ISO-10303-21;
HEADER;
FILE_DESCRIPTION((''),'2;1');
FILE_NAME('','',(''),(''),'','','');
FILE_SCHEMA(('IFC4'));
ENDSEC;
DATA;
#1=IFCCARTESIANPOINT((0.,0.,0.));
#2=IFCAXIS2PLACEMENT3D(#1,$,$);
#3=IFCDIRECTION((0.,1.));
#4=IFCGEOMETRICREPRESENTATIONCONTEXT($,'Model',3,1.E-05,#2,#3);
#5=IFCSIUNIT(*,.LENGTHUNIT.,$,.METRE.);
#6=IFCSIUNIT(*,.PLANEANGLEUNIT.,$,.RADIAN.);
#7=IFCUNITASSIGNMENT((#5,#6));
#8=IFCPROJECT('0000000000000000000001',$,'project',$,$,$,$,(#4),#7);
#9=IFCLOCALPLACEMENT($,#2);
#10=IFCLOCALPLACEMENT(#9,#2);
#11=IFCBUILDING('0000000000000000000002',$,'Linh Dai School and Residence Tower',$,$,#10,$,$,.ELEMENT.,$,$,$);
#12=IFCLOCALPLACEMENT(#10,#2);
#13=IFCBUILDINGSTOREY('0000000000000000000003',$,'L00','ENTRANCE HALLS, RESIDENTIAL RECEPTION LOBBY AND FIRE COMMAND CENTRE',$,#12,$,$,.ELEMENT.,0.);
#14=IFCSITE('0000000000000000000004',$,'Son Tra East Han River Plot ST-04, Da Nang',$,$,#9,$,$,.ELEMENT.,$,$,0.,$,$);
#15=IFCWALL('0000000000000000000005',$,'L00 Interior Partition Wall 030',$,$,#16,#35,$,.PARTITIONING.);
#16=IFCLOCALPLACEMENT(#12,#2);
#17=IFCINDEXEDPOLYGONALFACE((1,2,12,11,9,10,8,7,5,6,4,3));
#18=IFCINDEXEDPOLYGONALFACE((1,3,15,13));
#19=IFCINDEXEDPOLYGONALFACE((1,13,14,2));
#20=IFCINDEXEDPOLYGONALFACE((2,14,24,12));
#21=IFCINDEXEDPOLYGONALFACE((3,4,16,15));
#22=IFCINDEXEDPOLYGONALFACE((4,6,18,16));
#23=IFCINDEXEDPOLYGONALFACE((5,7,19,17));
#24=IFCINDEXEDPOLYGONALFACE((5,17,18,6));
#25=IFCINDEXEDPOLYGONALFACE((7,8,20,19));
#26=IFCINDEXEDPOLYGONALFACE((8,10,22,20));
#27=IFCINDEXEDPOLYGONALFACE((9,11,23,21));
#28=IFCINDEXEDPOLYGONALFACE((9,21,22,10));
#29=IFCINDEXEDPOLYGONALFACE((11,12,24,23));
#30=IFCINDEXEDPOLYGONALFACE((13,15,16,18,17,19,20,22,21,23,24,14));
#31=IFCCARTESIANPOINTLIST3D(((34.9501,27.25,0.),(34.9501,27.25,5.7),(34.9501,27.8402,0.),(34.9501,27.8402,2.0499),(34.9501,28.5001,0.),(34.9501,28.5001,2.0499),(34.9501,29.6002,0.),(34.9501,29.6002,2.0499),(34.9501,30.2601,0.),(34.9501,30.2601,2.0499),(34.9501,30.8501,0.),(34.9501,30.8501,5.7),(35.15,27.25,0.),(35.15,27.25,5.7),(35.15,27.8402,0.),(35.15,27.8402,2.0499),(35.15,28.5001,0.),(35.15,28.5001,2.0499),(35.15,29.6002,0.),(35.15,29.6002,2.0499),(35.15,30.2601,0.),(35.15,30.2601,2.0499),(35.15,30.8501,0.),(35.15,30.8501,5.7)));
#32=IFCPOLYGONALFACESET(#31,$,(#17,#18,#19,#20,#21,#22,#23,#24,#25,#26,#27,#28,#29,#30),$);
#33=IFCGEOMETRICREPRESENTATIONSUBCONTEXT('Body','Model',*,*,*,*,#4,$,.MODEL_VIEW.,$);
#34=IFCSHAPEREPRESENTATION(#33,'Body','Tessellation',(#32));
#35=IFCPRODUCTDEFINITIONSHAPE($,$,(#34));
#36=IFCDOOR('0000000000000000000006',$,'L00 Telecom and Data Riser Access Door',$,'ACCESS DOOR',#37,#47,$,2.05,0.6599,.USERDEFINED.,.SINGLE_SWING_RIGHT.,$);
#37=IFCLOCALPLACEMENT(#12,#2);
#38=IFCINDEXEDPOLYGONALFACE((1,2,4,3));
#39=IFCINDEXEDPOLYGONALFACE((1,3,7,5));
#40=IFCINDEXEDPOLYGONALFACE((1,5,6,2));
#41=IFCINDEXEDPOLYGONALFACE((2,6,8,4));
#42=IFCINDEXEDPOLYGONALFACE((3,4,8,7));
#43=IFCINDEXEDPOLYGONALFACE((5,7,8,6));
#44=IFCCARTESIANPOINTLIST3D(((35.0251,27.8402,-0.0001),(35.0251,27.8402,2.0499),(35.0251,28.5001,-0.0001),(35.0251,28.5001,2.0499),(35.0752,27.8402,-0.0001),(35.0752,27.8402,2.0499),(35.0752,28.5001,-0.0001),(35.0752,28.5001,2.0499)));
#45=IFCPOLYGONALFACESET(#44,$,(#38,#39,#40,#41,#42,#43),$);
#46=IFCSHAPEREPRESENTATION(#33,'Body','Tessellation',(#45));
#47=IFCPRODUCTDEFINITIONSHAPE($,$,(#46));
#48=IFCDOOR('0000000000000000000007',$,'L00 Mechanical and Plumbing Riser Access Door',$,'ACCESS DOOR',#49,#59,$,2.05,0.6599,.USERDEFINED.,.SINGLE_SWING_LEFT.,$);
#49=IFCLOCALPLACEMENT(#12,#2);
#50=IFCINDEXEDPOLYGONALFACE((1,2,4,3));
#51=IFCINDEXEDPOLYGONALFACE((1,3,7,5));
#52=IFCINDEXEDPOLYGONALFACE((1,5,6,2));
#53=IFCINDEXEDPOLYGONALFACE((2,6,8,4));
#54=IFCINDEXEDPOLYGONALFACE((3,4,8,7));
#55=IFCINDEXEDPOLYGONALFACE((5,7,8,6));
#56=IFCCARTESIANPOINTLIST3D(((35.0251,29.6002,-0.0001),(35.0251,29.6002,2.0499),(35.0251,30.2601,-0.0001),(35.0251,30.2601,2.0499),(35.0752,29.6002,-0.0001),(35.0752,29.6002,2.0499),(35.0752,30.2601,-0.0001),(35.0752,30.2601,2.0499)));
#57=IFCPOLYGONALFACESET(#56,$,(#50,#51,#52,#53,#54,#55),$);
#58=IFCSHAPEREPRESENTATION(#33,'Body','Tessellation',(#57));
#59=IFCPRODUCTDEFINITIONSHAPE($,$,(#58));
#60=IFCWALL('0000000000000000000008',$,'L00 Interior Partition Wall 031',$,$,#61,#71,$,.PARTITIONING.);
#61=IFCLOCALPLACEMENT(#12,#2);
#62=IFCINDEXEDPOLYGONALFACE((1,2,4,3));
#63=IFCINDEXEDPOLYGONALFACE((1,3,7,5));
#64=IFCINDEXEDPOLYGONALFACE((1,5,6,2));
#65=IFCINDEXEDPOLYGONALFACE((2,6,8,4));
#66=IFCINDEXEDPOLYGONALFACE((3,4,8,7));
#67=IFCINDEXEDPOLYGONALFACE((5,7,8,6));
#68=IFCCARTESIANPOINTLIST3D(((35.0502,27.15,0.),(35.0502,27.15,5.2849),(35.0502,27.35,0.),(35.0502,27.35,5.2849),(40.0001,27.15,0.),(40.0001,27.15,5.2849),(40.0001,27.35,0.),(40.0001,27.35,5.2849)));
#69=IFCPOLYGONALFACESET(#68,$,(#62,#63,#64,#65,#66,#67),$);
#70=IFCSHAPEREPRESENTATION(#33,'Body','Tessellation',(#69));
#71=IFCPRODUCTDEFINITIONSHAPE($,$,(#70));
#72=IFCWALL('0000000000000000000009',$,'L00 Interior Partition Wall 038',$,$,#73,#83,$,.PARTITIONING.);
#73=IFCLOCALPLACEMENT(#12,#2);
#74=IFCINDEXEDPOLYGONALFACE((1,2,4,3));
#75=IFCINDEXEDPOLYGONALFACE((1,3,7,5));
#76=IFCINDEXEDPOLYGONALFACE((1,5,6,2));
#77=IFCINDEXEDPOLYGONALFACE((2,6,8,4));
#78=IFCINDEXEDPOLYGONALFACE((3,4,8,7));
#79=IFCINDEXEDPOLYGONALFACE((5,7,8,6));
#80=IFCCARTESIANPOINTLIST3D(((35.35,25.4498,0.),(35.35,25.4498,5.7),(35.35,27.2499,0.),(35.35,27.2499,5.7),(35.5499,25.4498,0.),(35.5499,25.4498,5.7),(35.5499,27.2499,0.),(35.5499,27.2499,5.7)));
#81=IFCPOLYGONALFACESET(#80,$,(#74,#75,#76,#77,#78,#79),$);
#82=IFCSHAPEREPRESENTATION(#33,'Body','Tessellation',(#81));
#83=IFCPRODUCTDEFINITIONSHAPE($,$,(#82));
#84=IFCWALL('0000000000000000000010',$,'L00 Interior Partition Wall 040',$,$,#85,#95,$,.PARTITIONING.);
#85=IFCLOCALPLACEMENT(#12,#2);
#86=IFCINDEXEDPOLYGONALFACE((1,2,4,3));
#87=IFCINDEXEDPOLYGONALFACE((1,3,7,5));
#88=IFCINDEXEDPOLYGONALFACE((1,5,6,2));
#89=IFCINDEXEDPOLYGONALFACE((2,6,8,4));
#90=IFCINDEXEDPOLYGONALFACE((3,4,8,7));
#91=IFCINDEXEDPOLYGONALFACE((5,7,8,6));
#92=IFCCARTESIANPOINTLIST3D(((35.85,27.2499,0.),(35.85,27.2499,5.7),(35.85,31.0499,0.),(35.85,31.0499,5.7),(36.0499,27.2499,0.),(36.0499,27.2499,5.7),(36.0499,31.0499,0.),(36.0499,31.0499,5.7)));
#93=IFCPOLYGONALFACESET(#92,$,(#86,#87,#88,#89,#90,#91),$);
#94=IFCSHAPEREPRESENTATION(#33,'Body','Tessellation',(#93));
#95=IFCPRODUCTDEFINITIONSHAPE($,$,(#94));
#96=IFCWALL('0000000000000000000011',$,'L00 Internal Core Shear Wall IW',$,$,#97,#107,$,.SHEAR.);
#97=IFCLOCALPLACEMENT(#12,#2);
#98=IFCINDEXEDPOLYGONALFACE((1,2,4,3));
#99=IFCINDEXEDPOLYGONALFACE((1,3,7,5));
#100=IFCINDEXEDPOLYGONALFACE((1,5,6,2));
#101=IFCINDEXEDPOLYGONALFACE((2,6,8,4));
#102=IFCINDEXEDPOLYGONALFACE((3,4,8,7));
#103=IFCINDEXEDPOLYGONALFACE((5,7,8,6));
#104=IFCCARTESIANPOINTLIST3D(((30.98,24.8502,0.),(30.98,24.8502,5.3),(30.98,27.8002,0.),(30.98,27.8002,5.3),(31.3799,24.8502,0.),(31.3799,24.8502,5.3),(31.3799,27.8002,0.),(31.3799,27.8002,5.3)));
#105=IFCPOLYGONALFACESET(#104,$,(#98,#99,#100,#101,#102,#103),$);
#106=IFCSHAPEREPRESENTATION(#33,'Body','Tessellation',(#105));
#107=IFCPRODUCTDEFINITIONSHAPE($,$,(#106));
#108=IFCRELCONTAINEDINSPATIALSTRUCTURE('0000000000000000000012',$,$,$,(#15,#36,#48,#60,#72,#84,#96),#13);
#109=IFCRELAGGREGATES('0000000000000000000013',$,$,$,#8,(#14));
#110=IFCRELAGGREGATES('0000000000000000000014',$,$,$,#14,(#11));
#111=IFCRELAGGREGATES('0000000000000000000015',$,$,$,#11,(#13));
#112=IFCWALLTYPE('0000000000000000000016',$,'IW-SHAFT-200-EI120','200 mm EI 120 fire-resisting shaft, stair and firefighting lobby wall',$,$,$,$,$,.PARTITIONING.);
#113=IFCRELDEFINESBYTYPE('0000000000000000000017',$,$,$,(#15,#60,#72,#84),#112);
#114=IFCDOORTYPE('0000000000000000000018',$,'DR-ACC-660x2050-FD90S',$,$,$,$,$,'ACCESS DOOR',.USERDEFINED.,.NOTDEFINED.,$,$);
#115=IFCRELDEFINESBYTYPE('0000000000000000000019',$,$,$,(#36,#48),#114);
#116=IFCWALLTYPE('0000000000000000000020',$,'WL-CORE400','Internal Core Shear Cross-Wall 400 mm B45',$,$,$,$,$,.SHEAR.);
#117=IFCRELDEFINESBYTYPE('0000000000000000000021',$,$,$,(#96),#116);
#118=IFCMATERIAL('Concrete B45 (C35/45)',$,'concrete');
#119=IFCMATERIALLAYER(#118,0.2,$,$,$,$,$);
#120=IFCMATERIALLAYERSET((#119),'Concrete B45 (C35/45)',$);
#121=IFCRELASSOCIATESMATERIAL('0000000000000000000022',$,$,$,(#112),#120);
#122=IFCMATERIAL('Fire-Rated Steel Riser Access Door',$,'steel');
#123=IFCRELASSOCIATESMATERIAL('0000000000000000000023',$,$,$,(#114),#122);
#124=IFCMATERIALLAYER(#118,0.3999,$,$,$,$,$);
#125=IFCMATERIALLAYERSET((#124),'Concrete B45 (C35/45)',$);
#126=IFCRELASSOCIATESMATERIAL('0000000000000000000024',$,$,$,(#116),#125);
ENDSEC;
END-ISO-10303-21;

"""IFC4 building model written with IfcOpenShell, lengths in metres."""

from ifc_helpers import new_model, si_unit, direction, frame, frame_2d, origin, origin_2d, place, context, subcontext, project, spatial, rectangle, extrude, source, transform, mapped, material, layer, layer_set, type_object, element, fill, save


model = new_model("IFC4")

# Units and contexts
model_context = context("Model", 3, precision=1e-05, world=origin(), true_north=direction((0.0, 1.0)))
body_context = subcontext(model_context, "Body", "Model", "MODEL_VIEW")
ifc_project = project(units=[si_unit("LENGTHUNIT", "METRE"), si_unit("PLANEANGLEUNIT", "RADIAN")], contexts=[model_context])

# Site, building, storey
site_placement = place(None, origin())
site = spatial("IfcSite", under=ifc_project, at=site_placement, Name="Son Tra East Han River Plot ST-04, Da Nang", CompositionType="ELEMENT", RefElevation=0.0)
building_placement = place(site_placement, origin())
building = spatial("IfcBuilding", under=site, at=building_placement, Name="Linh Dai School and Residence Tower", CompositionType="ELEMENT")
storey_placement = place(building_placement, origin())
storey = spatial("IfcBuildingStorey", under=building, at=storey_placement, Name="L00", Description="ENTRANCE HALLS, RESIDENTIAL RECEPTION LOBBY AND FIRE COMMAND CENTRE", CompositionType="ELEMENT", Elevation=0.0)

# Shared definitions
ifc_material_1 = material(Name="Concrete B45 (C35/45)", Category="concrete")
ifc_layer_1 = layer(ifc_material_1, 0.2)
ifc_layer_set_1 = layer_set([ifc_layer_1], Name="Concrete B45 (C35/45)")
wall_type_1 = type_object("IfcWallType", Name="IW-SHAFT-200-EI120", Description="200 mm EI 120 fire-resisting shaft, stair and firefighting lobby wall", PredefinedType="PARTITIONING", material=ifc_layer_set_1)

# Wall, openings, doors
wall_1_placement = place(storey_placement, frame((35.05, 27.25, 0.0), z_axis=(0.0, 0.0, 1.0), x_axis=(0.0, 1.0, 0.0)))
wall_1 = element("IfcWall", 1, at=wall_1_placement, inside=storey, type_object=wall_type_1, Name="L00 Interior Partition Wall 030", PredefinedType="PARTITIONING", context=body_context, shape_type="SweptSolid", body=[
    extrude(rectangle(XDim=3.6001, YDim=0.2, at=frame_2d((1.8, 0.0))), origin(), (0.0, 0.0, 1.0), 5.7),
])
opening_1_placement = place(wall_1_placement, frame((0.5901, 0.0, 0.0)))
opening_1 = element("IfcOpeningElement", 2, at=opening_1_placement, cuts=wall_1, PredefinedType="OPENING", context=body_context, shape_type="SweptSolid", body=[
    extrude(rectangle(XDim=0.6599, YDim=2.05, at=origin_2d()), frame((0.3301, 0.1099, 1.0249), z_axis=(0.0, -1.0, 0.0), x_axis=(1.0, 0.0, 0.0)), (0.0, 0.0, 1.0), 0.22),
])
opening_2_placement = place(wall_1_placement, frame((2.3501, 0.0, 0.0)))
opening_2 = element("IfcOpeningElement", 3, at=opening_2_placement, cuts=wall_1, PredefinedType="OPENING", context=body_context, shape_type="SweptSolid", body=[
    extrude(rectangle(XDim=0.6599, YDim=2.05, at=origin_2d()), frame((0.3301, 0.1099, 1.0249), z_axis=(0.0, -1.0, 0.0), x_axis=(1.0, 0.0, 0.0)), (0.0, 0.0, 1.0), 0.22),
])
ifc_material_2 = material(Name="Fire-Rated Steel Riser Access Door", Category="steel")
door_type_1 = type_object("IfcDoorType", Name="DR-ACC-660x2050-FD90S", ElementType="ACCESS DOOR", OperationType="NOTDEFINED", PredefinedType="USERDEFINED", material=ifc_material_2)
shared_shape_1 = source(origin(), body_context, "Body", "SweptSolid", [
    extrude(rectangle(XDim=0.6599, YDim=2.05, at=origin_2d()), frame((0.3301, 0.0249, 1.0249), z_axis=(0.0, -1.0, 0.0), x_axis=(1.0, 0.0, 0.0)), (0.0, 0.0, 1.0), 0.05),
])
door_1_placement = place(opening_1_placement, origin())
door_1 = element("IfcDoor", 4, at=door_1_placement, inside=storey, type_object=door_type_1, Name="L00 Telecom and Data Riser Access Door", ObjectType="ACCESS DOOR", OperationType="SINGLE_SWING_RIGHT", OverallHeight=2.05, OverallWidth=0.6599, PredefinedType="USERDEFINED", context=body_context, shape_type="MappedRepresentation", body=[
    mapped(shared_shape_1, transform((0.0, 0.0, 0.0), x_axis=(1.0, 0.0, 0.0), y_axis=(0.0, 1.0, 0.0), z_axis=(0.0, 0.0, 1.0), scale=1.0)),
])
fill(opening_1, door_1)
door_2_placement = place(opening_2_placement, origin())
door_2 = element("IfcDoor", 5, at=door_2_placement, inside=storey, type_object=door_type_1, Name="L00 Mechanical and Plumbing Riser Access Door", ObjectType="ACCESS DOOR", OperationType="SINGLE_SWING_LEFT", OverallHeight=2.05, OverallWidth=0.6599, PredefinedType="USERDEFINED", context=body_context, shape_type="MappedRepresentation", body=[
    mapped(shared_shape_1, transform((0.0, 0.0, 0.0), x_axis=(1.0, 0.0, 0.0), y_axis=(0.0, 1.0, 0.0), z_axis=(0.0, 0.0, 1.0), scale=1.0)),
])
fill(opening_2, door_2)

# Walls
wall_2_placement = place(storey_placement, frame((35.05, 27.25, 0.0), z_axis=(0.0, 0.0, 1.0), x_axis=(1.0, 0.0, 0.0)))
element("IfcWall", 6, at=wall_2_placement, inside=storey, type_object=wall_type_1, Name="L00 Interior Partition Wall 031", PredefinedType="PARTITIONING", context=body_context, shape_type="SweptSolid", body=[
    extrude(rectangle(XDim=4.95, YDim=0.2, at=frame_2d((2.4751, 0.0))), origin(), (0.0, 0.0, 1.0), 5.2849),
])
wall_3_placement = place(storey_placement, frame((35.45, 25.45, 0.0), z_axis=(0.0, 0.0, 1.0), x_axis=(0.0, 1.0, 0.0)))
element("IfcWall", 7, at=wall_3_placement, inside=storey, type_object=wall_type_1, Name="L00 Interior Partition Wall 038", PredefinedType="PARTITIONING", context=body_context, shape_type="SweptSolid", body=[
    extrude(rectangle(XDim=1.8, YDim=0.2, at=frame_2d((0.8999, 0.0))), origin(), (0.0, 0.0, 1.0), 5.7),
])

# Walls
wall_4_placement = place(storey_placement, frame((35.95, 27.25, 0.0), z_axis=(0.0, 0.0, 1.0), x_axis=(0.0, 1.0, 0.0)))
element("IfcWall", 8, at=wall_4_placement, inside=storey, type_object=wall_type_1, Name="L00 Interior Partition Wall 040", PredefinedType="PARTITIONING", context=body_context, shape_type="SweptSolid", body=[
    extrude(rectangle(XDim=3.8, YDim=0.2, at=frame_2d((1.8999, 0.0))), origin(), (0.0, 0.0, 1.0), 5.7),
])
ifc_layer_2 = layer(ifc_material_1, 0.3999)
ifc_layer_set_2 = layer_set([ifc_layer_2], Name="Concrete B45 (C35/45)")
wall_type_2 = type_object("IfcWallType", Name="WL-CORE400", Description="Internal Core Shear Cross-Wall 400 mm B45", PredefinedType="SHEAR", material=ifc_layer_set_2)
wall_5_placement = place(storey_placement, frame((31.1799, 24.8501, 0.0), z_axis=(0.0, 0.0, 1.0), x_axis=(0.0, 1.0, 0.0)))
element("IfcWall", 9, at=wall_5_placement, inside=storey, type_object=wall_type_2, Name="L00 Internal Core Shear Wall IW", PredefinedType="SHEAR", context=body_context, shape_type="SweptSolid", body=[
    extrude(rectangle(XDim=2.95, YDim=0.3999, at=frame_2d((1.4751, 0.0))), origin(), (0.0, 0.0, 1.0), 5.3),
])

save(model, "model.ifc")
